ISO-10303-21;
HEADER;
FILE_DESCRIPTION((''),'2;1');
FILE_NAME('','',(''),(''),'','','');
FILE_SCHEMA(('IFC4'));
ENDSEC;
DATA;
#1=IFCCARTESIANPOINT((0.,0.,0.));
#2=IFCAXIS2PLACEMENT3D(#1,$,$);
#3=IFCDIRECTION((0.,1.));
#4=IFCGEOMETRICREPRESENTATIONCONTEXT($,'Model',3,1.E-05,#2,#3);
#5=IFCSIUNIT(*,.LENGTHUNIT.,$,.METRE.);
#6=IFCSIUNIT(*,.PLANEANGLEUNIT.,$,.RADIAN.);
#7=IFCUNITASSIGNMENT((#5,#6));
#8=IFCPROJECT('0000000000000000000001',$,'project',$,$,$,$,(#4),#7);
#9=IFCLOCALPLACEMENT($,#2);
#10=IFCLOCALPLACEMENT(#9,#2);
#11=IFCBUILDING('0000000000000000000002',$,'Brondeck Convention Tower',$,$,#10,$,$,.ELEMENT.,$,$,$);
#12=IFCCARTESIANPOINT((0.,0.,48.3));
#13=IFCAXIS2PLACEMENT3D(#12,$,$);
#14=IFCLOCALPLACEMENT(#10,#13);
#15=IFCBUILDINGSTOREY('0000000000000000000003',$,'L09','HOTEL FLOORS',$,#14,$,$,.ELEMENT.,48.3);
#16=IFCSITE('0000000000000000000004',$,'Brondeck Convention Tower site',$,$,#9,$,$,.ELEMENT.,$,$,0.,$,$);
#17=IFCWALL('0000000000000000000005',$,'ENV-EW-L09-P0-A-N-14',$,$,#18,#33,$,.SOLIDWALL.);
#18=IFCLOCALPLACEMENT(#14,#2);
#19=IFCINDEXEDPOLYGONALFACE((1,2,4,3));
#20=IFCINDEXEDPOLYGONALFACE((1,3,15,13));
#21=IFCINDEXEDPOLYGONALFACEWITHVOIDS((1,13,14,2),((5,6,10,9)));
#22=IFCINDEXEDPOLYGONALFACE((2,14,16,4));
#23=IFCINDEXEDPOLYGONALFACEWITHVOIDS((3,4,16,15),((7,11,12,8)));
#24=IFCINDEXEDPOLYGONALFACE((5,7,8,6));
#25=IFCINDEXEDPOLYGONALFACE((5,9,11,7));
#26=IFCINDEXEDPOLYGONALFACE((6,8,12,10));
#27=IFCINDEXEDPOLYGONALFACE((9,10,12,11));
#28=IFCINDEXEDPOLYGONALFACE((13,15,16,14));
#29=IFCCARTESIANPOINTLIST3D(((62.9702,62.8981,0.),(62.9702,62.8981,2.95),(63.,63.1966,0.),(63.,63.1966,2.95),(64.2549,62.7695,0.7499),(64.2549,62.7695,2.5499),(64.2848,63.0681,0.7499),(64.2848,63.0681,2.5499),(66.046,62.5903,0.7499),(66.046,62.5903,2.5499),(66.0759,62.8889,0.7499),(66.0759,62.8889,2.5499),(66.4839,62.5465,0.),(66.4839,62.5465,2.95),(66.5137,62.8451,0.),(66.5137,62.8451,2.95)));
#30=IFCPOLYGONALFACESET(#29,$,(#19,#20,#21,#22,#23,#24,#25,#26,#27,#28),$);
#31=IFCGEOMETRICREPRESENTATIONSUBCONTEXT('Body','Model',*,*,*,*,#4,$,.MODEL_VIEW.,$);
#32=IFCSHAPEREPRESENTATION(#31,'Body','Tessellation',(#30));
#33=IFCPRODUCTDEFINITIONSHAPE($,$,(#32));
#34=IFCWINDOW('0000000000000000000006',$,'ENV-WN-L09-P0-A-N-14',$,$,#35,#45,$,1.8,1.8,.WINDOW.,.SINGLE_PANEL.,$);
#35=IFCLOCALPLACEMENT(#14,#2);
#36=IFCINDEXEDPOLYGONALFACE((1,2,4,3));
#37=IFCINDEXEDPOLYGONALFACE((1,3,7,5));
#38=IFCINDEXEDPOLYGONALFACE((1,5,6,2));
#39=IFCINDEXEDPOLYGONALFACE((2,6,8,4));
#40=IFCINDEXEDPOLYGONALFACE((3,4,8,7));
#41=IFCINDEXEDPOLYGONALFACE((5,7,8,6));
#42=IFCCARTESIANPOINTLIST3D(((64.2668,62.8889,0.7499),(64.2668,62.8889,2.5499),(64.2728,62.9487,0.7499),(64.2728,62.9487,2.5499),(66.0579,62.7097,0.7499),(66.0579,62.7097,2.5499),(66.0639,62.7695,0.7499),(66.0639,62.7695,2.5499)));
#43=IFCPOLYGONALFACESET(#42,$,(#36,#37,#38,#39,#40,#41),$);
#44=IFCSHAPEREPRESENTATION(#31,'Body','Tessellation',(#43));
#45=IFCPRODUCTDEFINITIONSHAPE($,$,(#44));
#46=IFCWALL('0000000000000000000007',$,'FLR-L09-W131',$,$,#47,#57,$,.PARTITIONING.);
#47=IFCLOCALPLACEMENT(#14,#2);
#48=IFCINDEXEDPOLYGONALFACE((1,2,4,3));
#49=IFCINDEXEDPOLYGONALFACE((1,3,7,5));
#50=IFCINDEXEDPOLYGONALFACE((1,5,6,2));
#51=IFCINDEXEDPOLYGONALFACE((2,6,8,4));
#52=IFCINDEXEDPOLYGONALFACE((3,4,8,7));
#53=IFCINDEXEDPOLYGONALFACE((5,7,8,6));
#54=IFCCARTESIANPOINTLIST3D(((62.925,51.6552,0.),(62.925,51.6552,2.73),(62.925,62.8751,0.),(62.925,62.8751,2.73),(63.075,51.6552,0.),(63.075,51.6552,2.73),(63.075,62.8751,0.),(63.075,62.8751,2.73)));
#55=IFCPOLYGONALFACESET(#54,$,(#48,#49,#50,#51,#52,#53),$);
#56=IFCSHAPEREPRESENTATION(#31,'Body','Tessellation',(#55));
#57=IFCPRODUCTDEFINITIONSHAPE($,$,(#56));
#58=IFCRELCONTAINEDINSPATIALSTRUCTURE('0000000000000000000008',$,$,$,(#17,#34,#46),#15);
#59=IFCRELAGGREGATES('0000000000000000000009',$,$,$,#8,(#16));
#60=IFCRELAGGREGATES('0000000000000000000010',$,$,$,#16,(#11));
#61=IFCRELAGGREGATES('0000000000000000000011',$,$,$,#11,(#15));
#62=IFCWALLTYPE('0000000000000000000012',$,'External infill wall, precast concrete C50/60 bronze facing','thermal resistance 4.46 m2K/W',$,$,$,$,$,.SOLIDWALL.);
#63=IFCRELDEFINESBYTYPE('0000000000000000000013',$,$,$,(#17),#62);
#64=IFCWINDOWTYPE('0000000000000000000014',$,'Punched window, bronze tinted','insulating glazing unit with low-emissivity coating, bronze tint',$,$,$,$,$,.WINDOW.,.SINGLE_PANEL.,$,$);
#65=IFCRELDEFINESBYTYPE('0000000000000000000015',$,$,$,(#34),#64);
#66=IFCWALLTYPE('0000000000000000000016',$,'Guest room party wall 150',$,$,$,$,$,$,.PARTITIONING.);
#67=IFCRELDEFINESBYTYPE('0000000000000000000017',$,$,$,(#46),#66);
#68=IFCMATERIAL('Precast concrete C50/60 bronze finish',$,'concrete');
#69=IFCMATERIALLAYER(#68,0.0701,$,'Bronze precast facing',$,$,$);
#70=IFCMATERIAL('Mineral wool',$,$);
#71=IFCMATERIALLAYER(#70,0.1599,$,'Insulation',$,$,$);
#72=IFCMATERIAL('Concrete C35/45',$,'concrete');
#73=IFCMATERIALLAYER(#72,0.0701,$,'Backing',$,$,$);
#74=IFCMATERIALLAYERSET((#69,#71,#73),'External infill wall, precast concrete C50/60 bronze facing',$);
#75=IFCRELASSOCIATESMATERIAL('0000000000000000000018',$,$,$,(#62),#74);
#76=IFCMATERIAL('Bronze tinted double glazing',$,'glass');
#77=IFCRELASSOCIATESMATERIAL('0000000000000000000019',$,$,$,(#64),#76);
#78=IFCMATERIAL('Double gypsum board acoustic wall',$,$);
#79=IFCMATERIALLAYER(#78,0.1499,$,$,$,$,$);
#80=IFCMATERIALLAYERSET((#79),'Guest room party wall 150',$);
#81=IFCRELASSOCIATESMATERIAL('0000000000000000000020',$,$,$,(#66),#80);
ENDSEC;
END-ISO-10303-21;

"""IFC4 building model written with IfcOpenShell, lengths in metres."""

from ifc_helpers import new_model, si_unit, direction, frame, frame_2d, origin, place, context, subcontext, project, spatial, rectangle, extrude, material, layer, layer_set, type_object, element, fill, save


model = new_model("IFC4")

# Units and contexts
model_context = context("Model", 3, precision=1e-05, world=origin(), true_north=direction((0.0, 1.0)))
body_context = subcontext(model_context, "Body", "Model", "MODEL_VIEW")
ifc_project = project(units=[si_unit("LENGTHUNIT", "METRE"), si_unit("PLANEANGLEUNIT", "RADIAN")], contexts=[model_context])

# Site, building, storey
site_placement = place(None, origin())
site = spatial("IfcSite", under=ifc_project, at=site_placement, Name="Brondeck Convention Tower site", CompositionType="ELEMENT", RefElevation=0.0)
building_placement = place(site_placement, origin())
building = spatial("IfcBuilding", under=site, at=building_placement, Name="Brondeck Convention Tower", CompositionType="ELEMENT")
storey_placement = place(building_placement, frame((0.0, 0.0, 48.3)))
storey = spatial("IfcBuildingStorey", under=building, at=storey_placement, Name="L09", Description="HOTEL FLOORS", CompositionType="ELEMENT", Elevation=48.3)

# Shared definitions
ifc_material_1 = material(Name="Precast concrete C50/60 bronze finish", Category="concrete")
ifc_layer_1 = layer(ifc_material_1, 0.0701, Name="Bronze precast facing")
ifc_material_2 = material(Name="Mineral wool")
ifc_layer_2 = layer(ifc_material_2, 0.1599, Name="Insulation")
ifc_material_3 = material(Name="Concrete C35/45", Category="concrete")
ifc_layer_3 = layer(ifc_material_3, 0.0701, Name="Backing")
ifc_layer_set_1 = layer_set([ifc_layer_1, ifc_layer_2, ifc_layer_3], Name="External infill wall, precast concrete C50/60 bronze facing")
wall_type_1 = type_object("IfcWallType", Name="External infill wall, precast concrete C50/60 bronze facing", Description="thermal resistance 4.46 m2K/W", PredefinedType="SOLIDWALL", material=ifc_layer_set_1)
ifc_material_4 = material(Name="Bronze tinted double glazing", Category="glass")
window_type_1 = type_object("IfcWindowType", Name="Punched window, bronze tinted", Description="insulating glazing unit with low-emissivity coating, bronze tint", PartitioningType="SINGLE_PANEL", PredefinedType="WINDOW", material=ifc_material_4)

# Wall, opening, window
wall_1_placement = place(storey_placement, frame((62.9851, 63.0474, 0.0), z_axis=(0.0, 0.0, 1.0), x_axis=(0.995032, -0.099558, 0.0)))
wall_1 = element("IfcWall", 1, at=wall_1_placement, inside=storey, type_object=wall_type_1, Name="ENV-EW-L09-P0-A-N-14", PredefinedType="SOLIDWALL", context=body_context, shape_type="SweptSolid", body=[
    extrude(rectangle(XDim=3.5312, YDim=0.3, at=frame_2d((1.7656, 0.0))), origin(), (0.0, 0.0, 1.0), 2.95),
])
opening_1_placement = place(wall_1_placement, frame((1.2913, 0.0, 0.75)))
opening_1 = element("IfcOpeningElement", 2, at=opening_1_placement, cuts=wall_1, PredefinedType="OPENING", context=body_context, shape_type="SweptSolid", body=[
    extrude(rectangle(XDim=1.8, YDim=1.8, at=frame_2d((0.8999, 0.8999))), frame((0.0, 0.1599, 0.0), z_axis=(0.0, -1.0, 0.0), x_axis=(1.0, 0.0, 0.0)), (0.0, 0.0, 1.0), 0.3201),
])
window_1_placement = place(opening_1_placement, origin())
window_1 = element("IfcWindow", 3, at=window_1_placement, inside=storey, type_object=window_type_1, Name="ENV-WN-L09-P0-A-N-14", OverallHeight=1.8, OverallWidth=1.8, PartitioningType="SINGLE_PANEL", PredefinedType="WINDOW", context=body_context, shape_type="SweptSolid", body=[
    extrude(rectangle(XDim=1.8, YDim=1.8, at=frame_2d((0.8999, 0.8999))), frame((0.0, 0.03, 0.0), z_axis=(0.0, -1.0, 0.0), x_axis=(1.0, 0.0, 0.0)), (0.0, 0.0, 1.0), 0.0601),
])
fill(opening_1, window_1)

# Wall
ifc_material_5 = material(Name="Double gypsum board acoustic wall")
ifc_layer_4 = layer(ifc_material_5, 0.1499)
ifc_layer_set_2 = layer_set([ifc_layer_4], Name="Guest room party wall 150")
wall_type_2 = type_object("IfcWallType", Name="Guest room party wall 150", PredefinedType="PARTITIONING", material=ifc_layer_set_2)
wall_2_placement = place(storey_placement, frame((63.0, 62.875, 0.0), z_axis=(0.0, 0.0, 1.0), x_axis=(0.0, -1.0, 0.0)))
element("IfcWall", 4, at=wall_2_placement, inside=storey, type_object=wall_type_2, Name="FLR-L09-W131", PredefinedType="PARTITIONING", context=body_context, shape_type="SweptSolid", body=[
    extrude(rectangle(XDim=11.22, YDim=0.1499, at=frame_2d((5.6099, 0.0))), origin(), (0.0, 0.0, 1.0), 2.73),
])

save(model, "model.ifc")
